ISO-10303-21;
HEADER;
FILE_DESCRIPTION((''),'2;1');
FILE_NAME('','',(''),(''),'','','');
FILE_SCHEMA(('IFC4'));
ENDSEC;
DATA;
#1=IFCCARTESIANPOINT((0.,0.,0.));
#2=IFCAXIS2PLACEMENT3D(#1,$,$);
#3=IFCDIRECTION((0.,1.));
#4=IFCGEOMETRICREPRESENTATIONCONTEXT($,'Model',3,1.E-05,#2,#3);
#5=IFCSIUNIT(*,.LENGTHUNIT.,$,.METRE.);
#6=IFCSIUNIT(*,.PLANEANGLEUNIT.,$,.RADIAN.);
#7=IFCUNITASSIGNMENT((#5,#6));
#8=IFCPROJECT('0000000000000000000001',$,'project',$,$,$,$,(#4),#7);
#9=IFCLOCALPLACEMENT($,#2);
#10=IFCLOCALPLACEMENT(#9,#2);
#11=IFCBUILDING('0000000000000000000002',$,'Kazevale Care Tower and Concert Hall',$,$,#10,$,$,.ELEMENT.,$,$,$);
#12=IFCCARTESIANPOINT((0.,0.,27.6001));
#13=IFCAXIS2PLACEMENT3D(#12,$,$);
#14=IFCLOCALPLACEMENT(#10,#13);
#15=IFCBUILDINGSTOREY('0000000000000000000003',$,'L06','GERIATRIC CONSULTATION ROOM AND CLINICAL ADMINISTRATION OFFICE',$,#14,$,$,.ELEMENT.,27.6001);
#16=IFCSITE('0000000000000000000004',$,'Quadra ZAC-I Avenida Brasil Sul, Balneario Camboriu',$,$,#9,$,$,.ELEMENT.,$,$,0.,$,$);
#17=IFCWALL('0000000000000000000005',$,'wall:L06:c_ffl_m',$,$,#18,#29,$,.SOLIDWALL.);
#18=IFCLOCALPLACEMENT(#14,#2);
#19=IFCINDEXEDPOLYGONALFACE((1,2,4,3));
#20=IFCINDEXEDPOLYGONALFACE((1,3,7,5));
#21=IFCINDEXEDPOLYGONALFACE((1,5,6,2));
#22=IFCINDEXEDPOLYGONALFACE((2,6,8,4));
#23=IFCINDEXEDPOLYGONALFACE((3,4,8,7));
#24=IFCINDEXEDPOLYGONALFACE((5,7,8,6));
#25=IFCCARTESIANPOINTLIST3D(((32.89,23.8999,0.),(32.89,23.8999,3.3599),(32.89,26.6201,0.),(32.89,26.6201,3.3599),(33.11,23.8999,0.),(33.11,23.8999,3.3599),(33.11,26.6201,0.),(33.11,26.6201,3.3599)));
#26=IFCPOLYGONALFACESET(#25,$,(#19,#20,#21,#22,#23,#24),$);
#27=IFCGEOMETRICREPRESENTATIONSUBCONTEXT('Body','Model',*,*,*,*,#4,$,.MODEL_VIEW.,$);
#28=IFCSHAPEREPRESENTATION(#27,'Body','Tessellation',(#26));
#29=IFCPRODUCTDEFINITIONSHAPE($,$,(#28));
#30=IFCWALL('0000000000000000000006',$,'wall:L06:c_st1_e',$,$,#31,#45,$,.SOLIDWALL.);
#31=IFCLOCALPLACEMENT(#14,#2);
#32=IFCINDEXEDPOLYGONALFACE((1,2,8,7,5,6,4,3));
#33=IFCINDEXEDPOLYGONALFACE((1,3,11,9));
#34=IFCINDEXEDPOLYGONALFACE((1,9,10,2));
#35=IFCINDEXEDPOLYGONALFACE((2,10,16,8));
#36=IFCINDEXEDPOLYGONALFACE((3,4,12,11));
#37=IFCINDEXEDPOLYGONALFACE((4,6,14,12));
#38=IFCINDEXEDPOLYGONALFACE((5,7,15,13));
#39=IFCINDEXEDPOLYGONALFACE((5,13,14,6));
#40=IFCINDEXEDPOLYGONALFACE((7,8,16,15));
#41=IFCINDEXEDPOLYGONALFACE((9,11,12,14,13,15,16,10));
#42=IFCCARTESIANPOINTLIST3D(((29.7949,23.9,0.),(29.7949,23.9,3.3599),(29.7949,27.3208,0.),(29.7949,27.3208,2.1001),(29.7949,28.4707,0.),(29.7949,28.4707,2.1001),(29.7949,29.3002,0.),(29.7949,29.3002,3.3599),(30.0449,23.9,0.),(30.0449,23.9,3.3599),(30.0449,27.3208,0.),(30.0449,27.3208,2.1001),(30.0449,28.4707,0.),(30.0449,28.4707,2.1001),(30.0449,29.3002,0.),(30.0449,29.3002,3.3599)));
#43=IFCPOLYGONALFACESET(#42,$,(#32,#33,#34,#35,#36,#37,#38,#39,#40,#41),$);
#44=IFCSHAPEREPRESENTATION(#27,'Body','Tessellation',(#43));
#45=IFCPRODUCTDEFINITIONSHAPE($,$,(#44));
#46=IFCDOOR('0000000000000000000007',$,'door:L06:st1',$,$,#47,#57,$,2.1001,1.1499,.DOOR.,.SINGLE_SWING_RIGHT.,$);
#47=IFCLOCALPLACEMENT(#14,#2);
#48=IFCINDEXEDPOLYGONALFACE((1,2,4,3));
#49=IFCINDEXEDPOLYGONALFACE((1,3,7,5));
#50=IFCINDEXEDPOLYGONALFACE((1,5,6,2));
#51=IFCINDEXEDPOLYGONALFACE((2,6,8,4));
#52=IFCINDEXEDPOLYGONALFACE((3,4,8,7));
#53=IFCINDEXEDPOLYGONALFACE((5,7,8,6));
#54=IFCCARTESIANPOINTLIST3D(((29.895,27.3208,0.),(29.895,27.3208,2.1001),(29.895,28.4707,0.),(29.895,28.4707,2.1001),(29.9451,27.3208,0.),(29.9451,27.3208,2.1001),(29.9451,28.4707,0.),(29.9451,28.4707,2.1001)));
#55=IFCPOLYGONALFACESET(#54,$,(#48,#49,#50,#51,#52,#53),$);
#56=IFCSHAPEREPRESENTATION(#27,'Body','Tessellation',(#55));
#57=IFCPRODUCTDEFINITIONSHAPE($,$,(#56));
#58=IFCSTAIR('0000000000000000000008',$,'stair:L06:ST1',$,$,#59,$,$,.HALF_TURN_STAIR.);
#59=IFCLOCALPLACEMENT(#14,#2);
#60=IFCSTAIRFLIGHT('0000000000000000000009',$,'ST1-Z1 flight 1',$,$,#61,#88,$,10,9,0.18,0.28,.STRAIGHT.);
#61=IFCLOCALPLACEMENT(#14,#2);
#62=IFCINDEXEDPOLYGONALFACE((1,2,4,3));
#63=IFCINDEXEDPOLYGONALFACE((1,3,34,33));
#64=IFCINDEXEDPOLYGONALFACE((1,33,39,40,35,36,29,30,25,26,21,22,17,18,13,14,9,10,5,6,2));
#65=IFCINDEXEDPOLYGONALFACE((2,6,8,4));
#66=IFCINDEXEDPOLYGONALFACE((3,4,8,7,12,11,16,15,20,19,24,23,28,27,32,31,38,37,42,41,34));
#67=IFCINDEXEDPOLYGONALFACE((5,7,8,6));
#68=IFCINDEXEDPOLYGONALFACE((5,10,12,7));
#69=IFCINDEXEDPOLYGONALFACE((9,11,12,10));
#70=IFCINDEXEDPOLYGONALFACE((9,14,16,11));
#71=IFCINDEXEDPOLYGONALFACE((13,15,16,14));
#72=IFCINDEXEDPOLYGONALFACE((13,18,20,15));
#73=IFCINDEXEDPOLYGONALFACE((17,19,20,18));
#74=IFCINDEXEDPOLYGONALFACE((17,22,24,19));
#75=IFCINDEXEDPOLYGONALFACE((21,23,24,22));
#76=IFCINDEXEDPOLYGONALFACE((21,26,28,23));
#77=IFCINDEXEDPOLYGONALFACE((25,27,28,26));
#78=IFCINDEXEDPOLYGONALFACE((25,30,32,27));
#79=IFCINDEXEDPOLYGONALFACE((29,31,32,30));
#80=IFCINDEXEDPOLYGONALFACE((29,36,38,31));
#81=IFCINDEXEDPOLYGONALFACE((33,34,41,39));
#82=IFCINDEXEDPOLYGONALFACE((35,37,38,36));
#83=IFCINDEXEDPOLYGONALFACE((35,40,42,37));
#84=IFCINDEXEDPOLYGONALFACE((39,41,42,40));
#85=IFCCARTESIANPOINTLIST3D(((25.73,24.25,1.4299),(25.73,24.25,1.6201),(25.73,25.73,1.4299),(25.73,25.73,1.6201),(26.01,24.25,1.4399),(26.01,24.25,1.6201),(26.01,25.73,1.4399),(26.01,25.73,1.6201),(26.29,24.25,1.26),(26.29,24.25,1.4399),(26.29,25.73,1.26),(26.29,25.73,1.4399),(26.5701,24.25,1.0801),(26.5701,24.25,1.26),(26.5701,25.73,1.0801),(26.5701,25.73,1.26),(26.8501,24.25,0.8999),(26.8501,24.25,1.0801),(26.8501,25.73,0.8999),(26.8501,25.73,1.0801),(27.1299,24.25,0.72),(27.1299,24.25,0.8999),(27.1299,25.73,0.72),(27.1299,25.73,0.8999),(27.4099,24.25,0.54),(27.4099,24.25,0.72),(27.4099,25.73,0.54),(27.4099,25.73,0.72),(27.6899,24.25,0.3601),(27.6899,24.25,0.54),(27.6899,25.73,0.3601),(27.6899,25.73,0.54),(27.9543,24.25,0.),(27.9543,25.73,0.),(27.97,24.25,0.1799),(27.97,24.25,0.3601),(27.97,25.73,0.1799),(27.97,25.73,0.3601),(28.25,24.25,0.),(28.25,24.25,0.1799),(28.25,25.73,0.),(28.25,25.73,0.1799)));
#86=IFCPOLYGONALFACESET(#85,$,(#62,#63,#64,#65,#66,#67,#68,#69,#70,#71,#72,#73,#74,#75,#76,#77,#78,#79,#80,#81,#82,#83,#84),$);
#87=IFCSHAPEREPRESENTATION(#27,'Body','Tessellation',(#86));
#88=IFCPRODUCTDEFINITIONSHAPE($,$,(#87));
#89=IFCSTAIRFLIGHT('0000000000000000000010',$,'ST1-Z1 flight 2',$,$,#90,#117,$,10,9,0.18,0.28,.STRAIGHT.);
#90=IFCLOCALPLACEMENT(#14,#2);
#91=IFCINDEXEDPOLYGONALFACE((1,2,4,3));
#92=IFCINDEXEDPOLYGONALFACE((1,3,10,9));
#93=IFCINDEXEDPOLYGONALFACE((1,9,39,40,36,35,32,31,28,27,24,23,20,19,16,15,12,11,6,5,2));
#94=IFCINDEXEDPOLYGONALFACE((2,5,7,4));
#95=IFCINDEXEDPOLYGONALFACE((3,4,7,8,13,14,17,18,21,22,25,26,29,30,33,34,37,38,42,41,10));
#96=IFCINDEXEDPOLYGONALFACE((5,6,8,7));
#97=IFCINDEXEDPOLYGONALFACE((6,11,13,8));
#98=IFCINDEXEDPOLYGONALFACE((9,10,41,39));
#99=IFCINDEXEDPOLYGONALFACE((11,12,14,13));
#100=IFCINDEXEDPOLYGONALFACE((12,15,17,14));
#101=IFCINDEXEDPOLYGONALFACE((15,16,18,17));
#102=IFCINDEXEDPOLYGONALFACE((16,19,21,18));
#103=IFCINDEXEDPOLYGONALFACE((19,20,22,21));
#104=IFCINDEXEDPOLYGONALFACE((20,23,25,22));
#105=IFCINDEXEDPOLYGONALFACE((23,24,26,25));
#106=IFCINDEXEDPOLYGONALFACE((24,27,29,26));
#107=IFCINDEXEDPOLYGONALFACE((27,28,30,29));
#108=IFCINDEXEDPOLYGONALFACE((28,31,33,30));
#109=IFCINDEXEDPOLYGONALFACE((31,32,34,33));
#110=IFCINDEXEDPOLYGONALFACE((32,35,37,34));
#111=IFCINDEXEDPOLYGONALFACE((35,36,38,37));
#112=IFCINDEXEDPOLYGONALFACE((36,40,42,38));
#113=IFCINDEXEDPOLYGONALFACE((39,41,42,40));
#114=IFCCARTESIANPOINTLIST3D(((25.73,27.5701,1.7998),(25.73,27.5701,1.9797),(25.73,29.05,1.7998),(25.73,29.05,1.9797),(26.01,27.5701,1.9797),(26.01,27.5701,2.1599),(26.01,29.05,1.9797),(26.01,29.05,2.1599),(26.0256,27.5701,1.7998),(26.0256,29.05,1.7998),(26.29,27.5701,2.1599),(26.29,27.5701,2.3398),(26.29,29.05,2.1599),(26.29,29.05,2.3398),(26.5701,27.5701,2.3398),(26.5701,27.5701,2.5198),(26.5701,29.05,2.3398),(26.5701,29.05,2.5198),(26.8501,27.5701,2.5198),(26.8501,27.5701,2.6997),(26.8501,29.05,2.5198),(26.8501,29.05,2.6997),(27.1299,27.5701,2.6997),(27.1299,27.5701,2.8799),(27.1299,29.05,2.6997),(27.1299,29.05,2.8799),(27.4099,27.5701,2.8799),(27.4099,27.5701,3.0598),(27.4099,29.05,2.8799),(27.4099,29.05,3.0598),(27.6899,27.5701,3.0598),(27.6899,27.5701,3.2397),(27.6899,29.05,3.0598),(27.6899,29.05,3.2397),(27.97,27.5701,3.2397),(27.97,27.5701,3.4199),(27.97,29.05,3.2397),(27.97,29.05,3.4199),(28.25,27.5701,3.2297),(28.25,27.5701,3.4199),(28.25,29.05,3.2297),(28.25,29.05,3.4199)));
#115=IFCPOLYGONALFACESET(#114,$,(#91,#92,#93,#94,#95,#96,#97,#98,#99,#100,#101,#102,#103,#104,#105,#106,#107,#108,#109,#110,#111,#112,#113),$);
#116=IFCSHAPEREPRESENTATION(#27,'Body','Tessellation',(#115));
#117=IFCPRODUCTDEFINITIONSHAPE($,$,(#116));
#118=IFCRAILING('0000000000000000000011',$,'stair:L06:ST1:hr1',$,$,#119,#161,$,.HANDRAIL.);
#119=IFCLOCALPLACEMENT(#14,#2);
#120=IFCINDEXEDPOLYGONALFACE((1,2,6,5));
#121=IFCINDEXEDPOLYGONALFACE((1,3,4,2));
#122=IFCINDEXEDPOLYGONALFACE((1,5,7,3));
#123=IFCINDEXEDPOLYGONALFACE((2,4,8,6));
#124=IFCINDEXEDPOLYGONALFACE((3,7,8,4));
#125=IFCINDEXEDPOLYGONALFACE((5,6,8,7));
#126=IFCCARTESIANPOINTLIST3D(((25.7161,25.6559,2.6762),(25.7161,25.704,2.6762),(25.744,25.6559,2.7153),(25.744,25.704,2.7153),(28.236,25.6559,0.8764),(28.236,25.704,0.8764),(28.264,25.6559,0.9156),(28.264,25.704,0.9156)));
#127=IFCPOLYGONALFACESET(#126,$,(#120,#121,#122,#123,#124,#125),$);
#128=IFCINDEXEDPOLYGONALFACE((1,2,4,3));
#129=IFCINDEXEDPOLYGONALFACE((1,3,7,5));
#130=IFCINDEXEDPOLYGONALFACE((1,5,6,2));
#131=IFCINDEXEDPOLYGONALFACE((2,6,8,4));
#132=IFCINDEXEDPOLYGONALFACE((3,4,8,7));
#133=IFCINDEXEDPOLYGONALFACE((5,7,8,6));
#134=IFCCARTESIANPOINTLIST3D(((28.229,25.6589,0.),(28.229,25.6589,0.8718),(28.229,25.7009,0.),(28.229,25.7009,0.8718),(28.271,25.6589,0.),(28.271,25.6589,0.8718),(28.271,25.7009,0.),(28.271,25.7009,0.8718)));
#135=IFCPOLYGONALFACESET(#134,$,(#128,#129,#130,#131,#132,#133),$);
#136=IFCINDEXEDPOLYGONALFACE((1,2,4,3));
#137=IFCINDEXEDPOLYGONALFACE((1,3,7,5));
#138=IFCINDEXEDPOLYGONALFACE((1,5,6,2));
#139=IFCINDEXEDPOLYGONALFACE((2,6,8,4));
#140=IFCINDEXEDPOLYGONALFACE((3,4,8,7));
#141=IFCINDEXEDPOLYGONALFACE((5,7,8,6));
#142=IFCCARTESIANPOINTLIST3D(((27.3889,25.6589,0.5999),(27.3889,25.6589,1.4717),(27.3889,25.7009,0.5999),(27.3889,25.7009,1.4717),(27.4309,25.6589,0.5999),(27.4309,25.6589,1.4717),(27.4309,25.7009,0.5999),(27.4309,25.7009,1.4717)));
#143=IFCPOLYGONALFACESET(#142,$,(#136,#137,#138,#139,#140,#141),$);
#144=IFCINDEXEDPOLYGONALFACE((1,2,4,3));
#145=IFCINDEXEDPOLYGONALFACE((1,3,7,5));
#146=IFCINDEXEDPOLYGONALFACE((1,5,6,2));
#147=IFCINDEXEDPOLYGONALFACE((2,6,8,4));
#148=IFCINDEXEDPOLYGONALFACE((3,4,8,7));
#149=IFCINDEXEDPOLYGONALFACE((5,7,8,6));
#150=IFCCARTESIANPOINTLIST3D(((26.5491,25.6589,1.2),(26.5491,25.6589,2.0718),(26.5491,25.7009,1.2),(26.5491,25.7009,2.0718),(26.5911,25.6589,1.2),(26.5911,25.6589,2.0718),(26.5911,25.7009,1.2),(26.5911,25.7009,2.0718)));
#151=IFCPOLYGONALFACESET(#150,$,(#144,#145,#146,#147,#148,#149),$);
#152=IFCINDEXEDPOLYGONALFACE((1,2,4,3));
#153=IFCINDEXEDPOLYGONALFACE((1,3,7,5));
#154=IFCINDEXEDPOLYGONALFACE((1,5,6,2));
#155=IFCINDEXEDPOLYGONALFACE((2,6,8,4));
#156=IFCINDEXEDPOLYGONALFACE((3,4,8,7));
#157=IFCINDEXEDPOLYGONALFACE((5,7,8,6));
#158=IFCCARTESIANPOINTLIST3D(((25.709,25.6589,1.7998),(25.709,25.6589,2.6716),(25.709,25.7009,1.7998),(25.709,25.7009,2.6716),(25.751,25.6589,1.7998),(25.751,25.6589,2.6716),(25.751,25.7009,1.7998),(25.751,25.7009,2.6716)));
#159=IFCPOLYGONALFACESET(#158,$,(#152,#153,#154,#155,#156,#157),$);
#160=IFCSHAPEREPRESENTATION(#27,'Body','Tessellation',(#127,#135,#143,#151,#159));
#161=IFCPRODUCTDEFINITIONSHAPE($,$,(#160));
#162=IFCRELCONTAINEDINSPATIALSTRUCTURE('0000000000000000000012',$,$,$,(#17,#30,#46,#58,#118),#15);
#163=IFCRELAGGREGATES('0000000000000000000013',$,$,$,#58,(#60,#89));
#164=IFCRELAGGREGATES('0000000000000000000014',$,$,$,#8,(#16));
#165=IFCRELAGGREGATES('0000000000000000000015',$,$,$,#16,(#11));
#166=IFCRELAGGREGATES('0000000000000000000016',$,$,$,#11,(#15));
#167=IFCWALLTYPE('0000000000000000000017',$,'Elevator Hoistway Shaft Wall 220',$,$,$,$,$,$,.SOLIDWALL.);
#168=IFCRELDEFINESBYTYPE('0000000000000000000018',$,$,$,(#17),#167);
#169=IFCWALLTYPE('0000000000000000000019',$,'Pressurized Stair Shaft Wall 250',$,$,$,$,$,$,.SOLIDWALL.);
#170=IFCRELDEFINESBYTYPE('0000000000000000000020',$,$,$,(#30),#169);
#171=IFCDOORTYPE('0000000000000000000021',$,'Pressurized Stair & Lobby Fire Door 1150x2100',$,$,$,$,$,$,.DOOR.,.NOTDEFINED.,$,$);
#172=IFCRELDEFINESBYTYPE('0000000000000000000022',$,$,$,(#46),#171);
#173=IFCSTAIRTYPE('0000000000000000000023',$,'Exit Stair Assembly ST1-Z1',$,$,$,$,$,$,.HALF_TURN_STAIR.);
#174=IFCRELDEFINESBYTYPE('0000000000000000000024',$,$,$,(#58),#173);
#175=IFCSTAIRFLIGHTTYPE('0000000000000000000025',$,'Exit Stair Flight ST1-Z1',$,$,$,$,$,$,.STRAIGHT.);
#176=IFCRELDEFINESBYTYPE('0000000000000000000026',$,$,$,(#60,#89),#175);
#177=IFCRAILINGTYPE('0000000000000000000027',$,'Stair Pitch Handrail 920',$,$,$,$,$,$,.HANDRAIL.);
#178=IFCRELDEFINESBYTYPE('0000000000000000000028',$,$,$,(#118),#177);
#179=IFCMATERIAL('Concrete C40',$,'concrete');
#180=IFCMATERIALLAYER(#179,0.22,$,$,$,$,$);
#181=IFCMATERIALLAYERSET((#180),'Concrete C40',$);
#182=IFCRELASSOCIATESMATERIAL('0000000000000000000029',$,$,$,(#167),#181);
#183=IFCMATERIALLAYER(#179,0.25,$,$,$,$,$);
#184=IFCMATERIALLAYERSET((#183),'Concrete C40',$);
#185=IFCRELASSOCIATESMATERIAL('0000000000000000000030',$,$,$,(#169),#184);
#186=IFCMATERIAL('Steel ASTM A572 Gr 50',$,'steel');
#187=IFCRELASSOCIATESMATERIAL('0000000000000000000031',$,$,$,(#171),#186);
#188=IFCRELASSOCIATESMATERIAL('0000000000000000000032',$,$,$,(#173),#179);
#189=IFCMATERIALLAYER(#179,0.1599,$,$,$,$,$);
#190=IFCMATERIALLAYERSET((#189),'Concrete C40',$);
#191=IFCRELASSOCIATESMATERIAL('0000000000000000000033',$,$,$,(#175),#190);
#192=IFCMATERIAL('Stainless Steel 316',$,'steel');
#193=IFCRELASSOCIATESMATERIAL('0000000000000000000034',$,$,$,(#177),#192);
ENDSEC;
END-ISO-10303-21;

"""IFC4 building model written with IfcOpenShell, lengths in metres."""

from ifc_helpers import new_model, si_unit, direction, frame, frame_2d, origin, origin_2d, place, context, subcontext, project, spatial, polyline, rectangle, outline, extrude, material, layer, layer_set, type_object, element, fill, aggregate, save


model = new_model("IFC4")

# Units and contexts
model_context = context("Model", 3, precision=1e-05, world=origin(), true_north=direction((0.0, 1.0)))
body_context = subcontext(model_context, "Body", "Model", "MODEL_VIEW")
ifc_project = project(units=[si_unit("LENGTHUNIT", "METRE"), si_unit("PLANEANGLEUNIT", "RADIAN")], contexts=[model_context])

# Site, building, storey
site_placement = place(None, origin())
site = spatial("IfcSite", under=ifc_project, at=site_placement, Name="Quadra ZAC-I Avenida Brasil Sul, Balneario Camboriu", CompositionType="ELEMENT", RefElevation=0.0)
building_placement = place(site_placement, origin())
building = spatial("IfcBuilding", under=site, at=building_placement, Name="Kazevale Care Tower and Concert Hall", CompositionType="ELEMENT")
storey_placement = place(building_placement, frame((0.0, 0.0, 27.6001)))
storey = spatial("IfcBuildingStorey", under=building, at=storey_placement, Name="L06", Description="GERIATRIC CONSULTATION ROOM AND CLINICAL ADMINISTRATION OFFICE", CompositionType="ELEMENT", Elevation=27.6001)

# Shared definitions
ifc_material_1 = material(Name="Steel ASTM A572 Gr 50", Category="steel")

# Shared definitions
ifc_material_2 = material(Name="Concrete C40", Category="concrete")
ifc_layer_1 = layer(ifc_material_2, 0.22)
ifc_layer_set_1 = layer_set([ifc_layer_1], Name="Concrete C40")
wall_type_1 = type_object("IfcWallType", Name="Elevator Hoistway Shaft Wall 220", PredefinedType="SOLIDWALL", material=ifc_layer_set_1)
ifc_material_3 = material(Name="Stainless Steel 316", Category="steel")

# Wall
wall_1_placement = place(storey_placement, frame((33.0, 23.8999, 0.0), z_axis=(0.0, 0.0, 1.0), x_axis=(0.0, 1.0, 0.0)))
element("IfcWall", 1, at=wall_1_placement, inside=storey, type_object=wall_type_1, Name="wall:L06:c_ffl_m", PredefinedType="SOLIDWALL", context=body_context, shape_type="SweptSolid", body=[
    extrude(rectangle(XDim=2.7202, YDim=0.22, at=frame_2d((1.3601, 0.0))), origin(), (0.0, 0.0, 1.0), 3.3599),
])

# Wall, opening, door
ifc_layer_2 = layer(ifc_material_2, 0.25)
ifc_layer_set_2 = layer_set([ifc_layer_2], Name="Concrete C40")
wall_type_2 = type_object("IfcWallType", Name="Pressurized Stair Shaft Wall 250", PredefinedType="SOLIDWALL", material=ifc_layer_set_2)
wall_2_placement = place(storey_placement, frame((29.9199, 23.8999, 0.0), z_axis=(0.0, 0.0, 1.0), x_axis=(0.0, 1.0, 0.0)))
wall_2 = element("IfcWall", 2, at=wall_2_placement, inside=storey, type_object=wall_type_2, Name="wall:L06:c_st1_e", PredefinedType="SOLIDWALL", context=body_context, shape_type="SweptSolid", body=[
    extrude(rectangle(XDim=5.4001, YDim=0.25, at=frame_2d((2.7002, 0.0))), origin(), (0.0, 0.0, 1.0), 3.3599),
])
opening_1_placement = place(wall_2_placement, frame((3.4209, 0.0, 0.0)))
opening_1 = element("IfcOpeningElement", 3, at=opening_1_placement, cuts=wall_2, PredefinedType="OPENING", context=body_context, shape_type="SweptSolid", body=[
    extrude(rectangle(XDim=1.1499, YDim=2.1001, at=frame_2d((0.575, 1.05))), frame((0.0, 0.135, 0.0), z_axis=(0.0, -1.0, 0.0), x_axis=(1.0, 0.0, 0.0)), (0.0, 0.0, 1.0), 0.27),
])
door_type_1 = type_object("IfcDoorType", Name="Pressurized Stair & Lobby Fire Door 1150x2100", OperationType="NOTDEFINED", PredefinedType="DOOR", material=ifc_material_1)
door_1_placement = place(opening_1_placement, origin())
door_1 = element("IfcDoor", 4, at=door_1_placement, inside=storey, type_object=door_type_1, Name="door:L06:st1", OperationType="SINGLE_SWING_RIGHT", OverallHeight=2.1001, OverallWidth=1.1499, PredefinedType="DOOR", context=body_context, shape_type="SweptSolid", body=[
    extrude(rectangle(XDim=1.1499, YDim=2.1001, at=frame_2d((0.575, 1.05))), frame((0.0, 0.0249, 0.0), z_axis=(0.0, -1.0, 0.0), x_axis=(1.0, 0.0, 0.0)), (0.0, 0.0, 1.0), 0.05),
])
fill(opening_1, door_1)

# Stair, stair flights
stair_type = type_object("IfcStairType", Name="Exit Stair Assembly ST1-Z1", PredefinedType="HALF_TURN_STAIR", material=ifc_material_2)
stair_placement = place(storey_placement, origin())
stair = element("IfcStair", 5, at=stair_placement, inside=storey, type_object=stair_type, Name="stair:L06:ST1", PredefinedType="HALF_TURN_STAIR")
ifc_layer_3 = layer(ifc_material_2, 0.1599)
ifc_layer_set_3 = layer_set([ifc_layer_3], Name="Concrete C40")
stair_flight_type = type_object("IfcStairFlightType", Name="Exit Stair Flight ST1-Z1", PredefinedType="STRAIGHT", material=ifc_layer_set_3)
stair_flight_1_placement = place(storey_placement, frame((28.25, 24.99, 0.0), z_axis=(0.0, 0.0, 1.0), x_axis=(-1.0, 0.0, 0.0)))
stair_flight_1 = element("IfcStairFlight", 6, at=stair_flight_1_placement, type_object=stair_flight_type, Name="ST1-Z1 flight 1", NumberOfRisers=10, NumberOfTreads=9, PredefinedType="STRAIGHT", RiserHeight=0.18, TreadLength=0.28, context=body_context, shape_type="SweptSolid", body=[
    extrude(outline(polyline([(0.0, 0.0), (0.0, 0.1799), (0.28, 0.1799), (0.28, 0.3601), (0.5601, 0.3601), (0.5601, 0.54), (0.8401, 0.54), (0.8401, 0.72), (1.1201, 0.72), (1.1201, 0.8999), (1.3999, 0.8999), (1.3999, 1.0801), (1.6799, 1.0801), (1.6799, 1.26), (1.96, 1.26), (1.96, 1.4399), (2.24, 1.4399), (2.24, 1.6201), (2.52, 1.6201), (2.52, 1.8), (2.52, 1.4299), (0.2957, 0.0), (0.0, 0.0)])), frame((0.0, 0.74, 0.0), z_axis=(0.0, -1.0, 0.0), x_axis=(1.0, 0.0, 0.0)), (0.0, 0.0, 1.0), 1.48),
])
stair_flight_2_placement = place(storey_placement, frame((25.73, 28.3101, 1.7998), z_axis=(0.0, 0.0, 1.0), x_axis=(1.0, 0.0, 0.0)))
stair_flight_2 = element("IfcStairFlight", 7, at=stair_flight_2_placement, type_object=stair_flight_type, Name="ST1-Z1 flight 2", NumberOfRisers=10, NumberOfTreads=9, PredefinedType="STRAIGHT", RiserHeight=0.18, TreadLength=0.28, context=body_context, shape_type="SweptSolid", body=[
    extrude(outline(polyline([(0.0, 0.0), (0.0, 0.1799), (0.28, 0.1799), (0.28, 0.3601), (0.5601, 0.3601), (0.5601, 0.54), (0.8401, 0.54), (0.8401, 0.72), (1.1201, 0.72), (1.1201, 0.8999), (1.3999, 0.8999), (1.3999, 1.0801), (1.6799, 1.0801), (1.6799, 1.26), (1.96, 1.26), (1.96, 1.4399), (2.24, 1.4399), (2.24, 1.6201), (2.52, 1.6201), (2.52, 1.8), (2.52, 1.4299), (0.2957, 0.0), (0.0, 0.0)])), frame((0.0, 0.74, 0.0), z_axis=(0.0, -1.0, 0.0), x_axis=(1.0, 0.0, 0.0)), (0.0, 0.0, 1.0), 1.48),
])
aggregate(stair, [stair_flight_1, stair_flight_2])

# Railing
railing_type_1 = type_object("IfcRailingType", Name="Stair Pitch Handrail 920", PredefinedType="HANDRAIL", material=ifc_material_3)
railing_1_placement = place(storey_placement, frame((28.25, 25.6799, 0.0)))
element("IfcRailing", 8, at=railing_1_placement, inside=storey, type_object=railing_type_1, Name="stair:L06:ST1:hr1", PredefinedType="HANDRAIL", context=body_context, shape_type="SweptSolid", body=[
    extrude(rectangle(XDim=0.0481, YDim=0.0481, at=origin_2d()), frame((0.0, 0.0, 0.896), z_axis=(-0.813765, 0.0, 0.581193), x_axis=(0.0, -1.0, 0.0)), (0.0, 0.0, 1.0), 3.0967),
    extrude(rectangle(XDim=0.042, YDim=0.042, at=origin_2d()), origin(), (0.0, 0.0, 1.0), 0.8718),
    extrude(rectangle(XDim=0.042, YDim=0.042, at=origin_2d()), frame((-0.8401, 0.0, 0.5999)), (0.0, 0.0, 1.0), 0.8718),
    extrude(rectangle(XDim=0.042, YDim=0.042, at=origin_2d()), frame((-1.6799, 0.0, 1.2)), (0.0, 0.0, 1.0), 0.8718),
    extrude(rectangle(XDim=0.042, YDim=0.042, at=origin_2d()), frame((-2.52, 0.0, 1.7998)), (0.0, 0.0, 1.0), 0.8718),
])

save(model, "model.ifc")
